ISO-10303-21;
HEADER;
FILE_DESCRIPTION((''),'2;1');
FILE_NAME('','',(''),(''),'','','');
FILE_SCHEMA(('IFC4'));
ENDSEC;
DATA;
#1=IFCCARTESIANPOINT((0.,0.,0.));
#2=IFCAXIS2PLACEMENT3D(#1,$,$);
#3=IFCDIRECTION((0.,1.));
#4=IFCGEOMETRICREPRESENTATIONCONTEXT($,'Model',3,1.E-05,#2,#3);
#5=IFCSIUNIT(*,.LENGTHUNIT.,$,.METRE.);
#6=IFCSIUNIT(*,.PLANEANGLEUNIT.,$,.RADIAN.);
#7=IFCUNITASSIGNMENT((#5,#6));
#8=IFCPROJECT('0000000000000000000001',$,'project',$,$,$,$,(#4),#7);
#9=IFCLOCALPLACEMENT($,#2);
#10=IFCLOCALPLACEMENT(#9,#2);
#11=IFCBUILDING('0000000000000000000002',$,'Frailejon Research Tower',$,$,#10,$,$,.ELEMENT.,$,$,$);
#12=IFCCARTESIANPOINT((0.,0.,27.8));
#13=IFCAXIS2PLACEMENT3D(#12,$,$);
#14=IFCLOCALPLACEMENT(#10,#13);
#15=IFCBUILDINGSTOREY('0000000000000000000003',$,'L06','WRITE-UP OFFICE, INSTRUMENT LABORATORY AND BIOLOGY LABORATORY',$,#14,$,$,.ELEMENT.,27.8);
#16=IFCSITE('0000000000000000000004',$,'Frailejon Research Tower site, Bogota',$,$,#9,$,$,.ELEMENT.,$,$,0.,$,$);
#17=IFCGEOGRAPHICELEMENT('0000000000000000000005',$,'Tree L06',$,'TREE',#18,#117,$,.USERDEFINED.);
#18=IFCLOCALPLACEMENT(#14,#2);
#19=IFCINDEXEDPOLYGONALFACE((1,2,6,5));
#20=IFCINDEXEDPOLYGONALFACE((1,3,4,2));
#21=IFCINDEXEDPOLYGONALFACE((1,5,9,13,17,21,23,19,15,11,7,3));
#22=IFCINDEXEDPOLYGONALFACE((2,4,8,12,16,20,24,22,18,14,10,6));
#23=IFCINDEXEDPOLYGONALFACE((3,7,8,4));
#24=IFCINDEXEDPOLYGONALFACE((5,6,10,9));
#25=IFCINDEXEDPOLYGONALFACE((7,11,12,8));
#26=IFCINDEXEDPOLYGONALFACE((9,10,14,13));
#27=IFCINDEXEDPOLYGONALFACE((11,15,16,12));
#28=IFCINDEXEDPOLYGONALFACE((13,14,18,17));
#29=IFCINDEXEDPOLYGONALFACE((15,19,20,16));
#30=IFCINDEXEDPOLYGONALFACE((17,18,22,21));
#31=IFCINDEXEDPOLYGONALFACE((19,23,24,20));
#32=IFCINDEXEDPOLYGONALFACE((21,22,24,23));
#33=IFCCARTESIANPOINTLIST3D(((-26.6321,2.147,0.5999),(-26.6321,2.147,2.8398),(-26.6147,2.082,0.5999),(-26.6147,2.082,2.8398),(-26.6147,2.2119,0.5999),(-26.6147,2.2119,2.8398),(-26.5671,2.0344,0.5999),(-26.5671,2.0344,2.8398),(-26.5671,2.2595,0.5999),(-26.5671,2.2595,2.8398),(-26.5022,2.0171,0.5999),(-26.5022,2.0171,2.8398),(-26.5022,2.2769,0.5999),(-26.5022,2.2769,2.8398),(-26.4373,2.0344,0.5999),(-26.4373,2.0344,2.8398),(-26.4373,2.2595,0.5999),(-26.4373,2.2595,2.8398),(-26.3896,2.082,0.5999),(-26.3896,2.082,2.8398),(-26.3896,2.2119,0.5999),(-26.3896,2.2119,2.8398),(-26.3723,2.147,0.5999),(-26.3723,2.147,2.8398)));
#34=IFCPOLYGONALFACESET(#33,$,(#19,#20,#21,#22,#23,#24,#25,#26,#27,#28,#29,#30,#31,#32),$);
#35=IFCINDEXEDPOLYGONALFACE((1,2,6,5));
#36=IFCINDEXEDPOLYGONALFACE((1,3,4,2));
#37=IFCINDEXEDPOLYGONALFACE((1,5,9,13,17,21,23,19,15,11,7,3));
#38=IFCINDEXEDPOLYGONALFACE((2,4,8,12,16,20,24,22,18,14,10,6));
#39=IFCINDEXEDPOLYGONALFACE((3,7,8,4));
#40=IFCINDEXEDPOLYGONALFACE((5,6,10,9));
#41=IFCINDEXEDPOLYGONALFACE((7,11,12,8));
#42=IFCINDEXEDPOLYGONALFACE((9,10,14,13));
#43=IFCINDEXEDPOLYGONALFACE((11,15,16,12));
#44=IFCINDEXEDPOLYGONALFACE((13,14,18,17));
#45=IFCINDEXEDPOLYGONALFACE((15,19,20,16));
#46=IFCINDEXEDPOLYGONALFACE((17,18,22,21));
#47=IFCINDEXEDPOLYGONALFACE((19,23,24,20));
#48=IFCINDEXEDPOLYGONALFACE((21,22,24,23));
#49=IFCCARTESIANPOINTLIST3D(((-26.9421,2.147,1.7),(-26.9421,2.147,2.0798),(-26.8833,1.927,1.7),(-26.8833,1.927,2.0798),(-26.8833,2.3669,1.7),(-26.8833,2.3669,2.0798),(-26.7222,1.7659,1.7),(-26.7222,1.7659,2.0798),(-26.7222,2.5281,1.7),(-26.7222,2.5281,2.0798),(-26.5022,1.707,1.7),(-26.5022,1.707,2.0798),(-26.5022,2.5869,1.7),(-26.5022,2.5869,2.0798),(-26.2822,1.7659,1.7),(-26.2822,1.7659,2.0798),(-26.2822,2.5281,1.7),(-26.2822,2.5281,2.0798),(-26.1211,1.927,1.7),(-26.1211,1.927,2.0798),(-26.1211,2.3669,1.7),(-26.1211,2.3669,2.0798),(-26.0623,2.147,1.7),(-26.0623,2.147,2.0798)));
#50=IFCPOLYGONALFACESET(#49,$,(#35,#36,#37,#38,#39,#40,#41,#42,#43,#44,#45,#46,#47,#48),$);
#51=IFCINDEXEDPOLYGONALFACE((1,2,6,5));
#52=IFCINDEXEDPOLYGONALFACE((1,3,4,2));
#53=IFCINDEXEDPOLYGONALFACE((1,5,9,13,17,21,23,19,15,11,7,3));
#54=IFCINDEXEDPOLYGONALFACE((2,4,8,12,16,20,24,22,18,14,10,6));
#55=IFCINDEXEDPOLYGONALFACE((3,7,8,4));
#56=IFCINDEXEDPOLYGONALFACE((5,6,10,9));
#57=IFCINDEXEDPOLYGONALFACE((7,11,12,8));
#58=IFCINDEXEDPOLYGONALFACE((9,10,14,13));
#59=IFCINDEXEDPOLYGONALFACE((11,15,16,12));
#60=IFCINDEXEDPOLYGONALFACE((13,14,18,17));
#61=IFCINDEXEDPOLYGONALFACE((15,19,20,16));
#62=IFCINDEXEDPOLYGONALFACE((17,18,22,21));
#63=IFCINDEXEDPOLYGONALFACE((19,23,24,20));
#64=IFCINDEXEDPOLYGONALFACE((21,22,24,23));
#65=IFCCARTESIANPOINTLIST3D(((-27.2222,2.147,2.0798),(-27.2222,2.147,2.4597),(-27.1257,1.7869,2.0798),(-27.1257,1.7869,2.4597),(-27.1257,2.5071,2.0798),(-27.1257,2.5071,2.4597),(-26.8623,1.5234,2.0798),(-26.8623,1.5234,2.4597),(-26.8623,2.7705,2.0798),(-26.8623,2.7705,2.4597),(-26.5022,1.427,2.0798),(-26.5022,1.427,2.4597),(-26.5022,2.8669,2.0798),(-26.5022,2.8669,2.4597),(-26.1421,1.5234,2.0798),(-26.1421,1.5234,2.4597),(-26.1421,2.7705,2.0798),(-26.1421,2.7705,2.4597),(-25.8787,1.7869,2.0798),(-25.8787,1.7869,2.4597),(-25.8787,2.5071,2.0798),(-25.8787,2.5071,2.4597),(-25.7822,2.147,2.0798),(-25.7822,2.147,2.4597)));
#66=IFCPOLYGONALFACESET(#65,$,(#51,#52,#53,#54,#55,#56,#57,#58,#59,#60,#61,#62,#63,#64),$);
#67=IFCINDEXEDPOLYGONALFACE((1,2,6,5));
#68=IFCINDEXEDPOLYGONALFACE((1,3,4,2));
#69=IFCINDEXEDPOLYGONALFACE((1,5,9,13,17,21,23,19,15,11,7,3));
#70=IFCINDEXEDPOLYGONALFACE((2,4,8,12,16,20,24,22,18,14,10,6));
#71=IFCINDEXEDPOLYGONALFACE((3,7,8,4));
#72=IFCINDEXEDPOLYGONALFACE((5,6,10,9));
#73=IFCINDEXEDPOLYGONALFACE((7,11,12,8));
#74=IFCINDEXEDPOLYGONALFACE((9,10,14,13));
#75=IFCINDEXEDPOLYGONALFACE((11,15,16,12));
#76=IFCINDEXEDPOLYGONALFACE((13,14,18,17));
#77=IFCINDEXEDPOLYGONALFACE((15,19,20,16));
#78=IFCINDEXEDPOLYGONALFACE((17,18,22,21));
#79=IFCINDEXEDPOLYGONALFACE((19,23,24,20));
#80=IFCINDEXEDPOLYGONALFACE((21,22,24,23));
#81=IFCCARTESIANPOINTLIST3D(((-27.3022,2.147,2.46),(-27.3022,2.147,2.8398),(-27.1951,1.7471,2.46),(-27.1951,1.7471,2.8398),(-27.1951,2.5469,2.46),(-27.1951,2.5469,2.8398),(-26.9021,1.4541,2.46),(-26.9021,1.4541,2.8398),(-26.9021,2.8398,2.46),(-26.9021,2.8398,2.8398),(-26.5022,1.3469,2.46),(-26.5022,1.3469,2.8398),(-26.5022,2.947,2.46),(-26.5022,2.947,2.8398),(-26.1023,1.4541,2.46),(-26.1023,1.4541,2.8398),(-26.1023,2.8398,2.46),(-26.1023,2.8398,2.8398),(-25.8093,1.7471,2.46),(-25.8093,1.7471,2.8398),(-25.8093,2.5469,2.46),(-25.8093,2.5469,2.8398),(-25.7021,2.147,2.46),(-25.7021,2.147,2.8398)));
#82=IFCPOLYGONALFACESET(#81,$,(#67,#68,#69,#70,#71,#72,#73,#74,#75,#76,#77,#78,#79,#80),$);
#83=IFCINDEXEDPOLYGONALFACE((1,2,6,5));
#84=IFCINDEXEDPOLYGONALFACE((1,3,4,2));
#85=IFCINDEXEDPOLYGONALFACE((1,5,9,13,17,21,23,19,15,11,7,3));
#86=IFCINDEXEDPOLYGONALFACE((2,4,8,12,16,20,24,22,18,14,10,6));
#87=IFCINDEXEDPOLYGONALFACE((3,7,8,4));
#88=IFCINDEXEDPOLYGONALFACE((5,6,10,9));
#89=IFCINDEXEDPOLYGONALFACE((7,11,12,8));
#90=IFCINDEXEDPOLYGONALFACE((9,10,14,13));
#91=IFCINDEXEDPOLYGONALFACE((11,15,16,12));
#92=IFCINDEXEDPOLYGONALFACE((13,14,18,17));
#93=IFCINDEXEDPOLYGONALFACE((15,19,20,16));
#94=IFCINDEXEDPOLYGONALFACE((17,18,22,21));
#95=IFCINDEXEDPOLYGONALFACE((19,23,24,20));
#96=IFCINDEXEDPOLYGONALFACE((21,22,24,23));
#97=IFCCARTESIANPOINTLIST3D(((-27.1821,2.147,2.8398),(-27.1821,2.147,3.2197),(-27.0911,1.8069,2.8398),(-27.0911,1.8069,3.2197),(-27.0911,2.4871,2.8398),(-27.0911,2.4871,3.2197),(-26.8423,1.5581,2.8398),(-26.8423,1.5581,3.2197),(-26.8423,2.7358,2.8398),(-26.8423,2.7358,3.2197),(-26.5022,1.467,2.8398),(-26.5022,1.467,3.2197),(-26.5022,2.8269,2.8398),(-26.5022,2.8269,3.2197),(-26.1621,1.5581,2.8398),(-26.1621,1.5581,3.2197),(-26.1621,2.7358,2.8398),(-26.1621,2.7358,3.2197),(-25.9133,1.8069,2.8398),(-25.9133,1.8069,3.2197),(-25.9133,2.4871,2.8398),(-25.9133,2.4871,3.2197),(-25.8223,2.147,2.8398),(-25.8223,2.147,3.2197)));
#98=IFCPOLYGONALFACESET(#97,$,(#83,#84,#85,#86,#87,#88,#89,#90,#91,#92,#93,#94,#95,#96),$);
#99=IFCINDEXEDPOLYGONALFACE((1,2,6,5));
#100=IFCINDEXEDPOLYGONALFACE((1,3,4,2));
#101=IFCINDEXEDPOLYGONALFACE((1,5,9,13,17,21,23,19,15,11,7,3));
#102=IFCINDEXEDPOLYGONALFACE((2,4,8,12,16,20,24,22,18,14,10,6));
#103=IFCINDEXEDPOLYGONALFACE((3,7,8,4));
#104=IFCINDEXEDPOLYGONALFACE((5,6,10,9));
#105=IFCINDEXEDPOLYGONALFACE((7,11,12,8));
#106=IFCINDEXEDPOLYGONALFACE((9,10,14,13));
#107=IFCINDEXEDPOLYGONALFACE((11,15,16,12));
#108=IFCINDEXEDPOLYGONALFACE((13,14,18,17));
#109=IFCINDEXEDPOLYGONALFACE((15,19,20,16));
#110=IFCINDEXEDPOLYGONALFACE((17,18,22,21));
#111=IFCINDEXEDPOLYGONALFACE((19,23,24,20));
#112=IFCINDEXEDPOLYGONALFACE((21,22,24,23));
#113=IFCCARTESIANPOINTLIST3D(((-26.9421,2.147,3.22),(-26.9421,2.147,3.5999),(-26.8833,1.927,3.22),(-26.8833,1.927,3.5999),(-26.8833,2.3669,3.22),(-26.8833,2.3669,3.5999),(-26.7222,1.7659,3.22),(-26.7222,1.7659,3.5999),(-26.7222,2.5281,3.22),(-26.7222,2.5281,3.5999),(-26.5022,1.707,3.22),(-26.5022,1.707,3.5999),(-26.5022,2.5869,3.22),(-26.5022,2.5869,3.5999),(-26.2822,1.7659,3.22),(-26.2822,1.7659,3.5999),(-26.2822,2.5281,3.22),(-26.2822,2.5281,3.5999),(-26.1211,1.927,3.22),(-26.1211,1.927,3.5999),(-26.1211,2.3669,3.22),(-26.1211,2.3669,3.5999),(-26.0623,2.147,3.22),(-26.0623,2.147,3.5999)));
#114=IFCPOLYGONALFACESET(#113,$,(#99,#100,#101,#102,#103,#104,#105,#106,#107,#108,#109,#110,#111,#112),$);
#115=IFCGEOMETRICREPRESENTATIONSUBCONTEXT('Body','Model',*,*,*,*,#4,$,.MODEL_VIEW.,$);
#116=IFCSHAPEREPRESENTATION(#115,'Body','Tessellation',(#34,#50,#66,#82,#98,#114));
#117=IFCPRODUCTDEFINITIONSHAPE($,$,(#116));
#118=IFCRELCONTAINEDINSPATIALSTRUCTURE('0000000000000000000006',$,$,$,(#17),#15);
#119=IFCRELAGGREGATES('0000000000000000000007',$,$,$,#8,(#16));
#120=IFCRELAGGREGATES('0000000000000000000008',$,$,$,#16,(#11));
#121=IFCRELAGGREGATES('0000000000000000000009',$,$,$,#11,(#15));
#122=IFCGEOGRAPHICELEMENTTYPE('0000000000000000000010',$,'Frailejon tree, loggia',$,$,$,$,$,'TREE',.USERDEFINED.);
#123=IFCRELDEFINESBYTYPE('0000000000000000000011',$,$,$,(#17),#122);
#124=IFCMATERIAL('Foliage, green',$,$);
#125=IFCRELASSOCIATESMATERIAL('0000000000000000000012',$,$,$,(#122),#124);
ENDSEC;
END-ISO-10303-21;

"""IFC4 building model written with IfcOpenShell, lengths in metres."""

from ifc_helpers import new_model, si_unit, direction, frame, origin, place, context, subcontext, project, spatial, polyline, outline, extrude, material, type_object, element, save


model = new_model("IFC4")

# Units and contexts
model_context = context("Model", 3, precision=1e-05, world=origin(), true_north=direction((0.0, 1.0)))
body_context = subcontext(model_context, "Body", "Model", "MODEL_VIEW")
ifc_project = project(units=[si_unit("LENGTHUNIT", "METRE"), si_unit("PLANEANGLEUNIT", "RADIAN")], contexts=[model_context])

# Site, building, storey
site_placement = place(None, origin())
site = spatial("IfcSite", under=ifc_project, at=site_placement, Name="Frailejon Research Tower site, Bogota", CompositionType="ELEMENT", RefElevation=0.0)
building_placement = place(site_placement, origin())
building = spatial("IfcBuilding", under=site, at=building_placement, Name="Frailejon Research Tower", CompositionType="ELEMENT")
storey_placement = place(building_placement, frame((0.0, 0.0, 27.8)))
storey = spatial("IfcBuildingStorey", under=building, at=storey_placement, Name="L06", Description="WRITE-UP OFFICE, INSTRUMENT LABORATORY AND BIOLOGY LABORATORY", CompositionType="ELEMENT", Elevation=27.8)

# Geographic element
ifc_material_1 = material(Name="Foliage, green")
geographic_element_type = type_object("IfcGeographicElementType", Name="Frailejon tree, loggia", ElementType="TREE", PredefinedType="USERDEFINED", material=ifc_material_1)
geographic_element_placement = place(storey_placement, frame((-26.5022, 2.147, 0.5999)))
element("IfcGeographicElement", 1, at=geographic_element_placement, inside=storey, type_object=geographic_element_type, Name="Tree L06", ObjectType="TREE", PredefinedType="USERDEFINED", context=body_context, shape_type="SweptSolid", body=[
    extrude(outline(polyline([(0.1299, 0.0), (0.1125, 0.0649), (0.0649, 0.1125), (0.0, 0.1299), (-0.0649, 0.1125), (-0.1125, 0.0649), (-0.1299, 0.0), (-0.1125, -0.0649), (-0.0649, -0.1125), (0.0, -0.1299), (0.0649, -0.1125), (0.1125, -0.0649), (0.1299, 0.0)])), origin(), (0.0, 0.0, 1.0), 2.24),
    extrude(outline(polyline([(0.4399, 0.0), (0.3811, 0.22), (0.22, 0.3811), (0.0, 0.4399), (-0.22, 0.3811), (-0.3811, 0.22), (-0.4399, 0.0), (-0.3811, -0.22), (-0.22, -0.3811), (0.0, -0.4399), (0.22, -0.3811), (0.3811, -0.22), (0.4399, 0.0)])), frame((0.0, 0.0, 1.1001)), (0.0, 0.0, 1.0), 0.3799),
    extrude(outline(polyline([(0.72, 0.0), (0.6235, 0.3601), (0.3601, 0.6235), (0.0, 0.72), (-0.3601, 0.6235), (-0.6235, 0.3601), (-0.72, 0.0), (-0.6235, -0.3601), (-0.3601, -0.6235), (0.0, -0.72), (0.3601, -0.6235), (0.6235, -0.3601), (0.72, 0.0)])), frame((0.0, 0.0, 1.48)), (0.0, 0.0, 1.0), 0.3799),
    extrude(outline(polyline([(0.8, 0.0), (0.6929, 0.3999), (0.3999, 0.6929), (0.0, 0.8), (-0.3999, 0.6929), (-0.6929, 0.3999), (-0.8, 0.0), (-0.6929, -0.3999), (-0.3999, -0.6929), (0.0, -0.8), (0.3999, -0.6929), (0.6929, -0.3999), (0.8, 0.0)])), frame((0.0, 0.0, 1.8601)), (0.0, 0.0, 1.0), 0.3799),
    extrude(outline(polyline([(0.6799, 0.0), (0.5889, 0.3401), (0.3401, 0.5889), (0.0, 0.6799), (-0.3401, 0.5889), (-0.5889, 0.3401), (-0.6799, 0.0), (-0.5889, -0.3401), (-0.3401, -0.5889), (0.0, -0.6799), (0.3401, -0.5889), (0.5889, -0.3401), (0.6799, 0.0)])), frame((0.0, 0.0, 2.24)), (0.0, 0.0, 1.0), 0.3799),
    extrude(outline(polyline([(0.4399, 0.0), (0.3811, 0.22), (0.22, 0.3811), (0.0, 0.4399), (-0.22, 0.3811), (-0.3811, 0.22), (-0.4399, 0.0), (-0.3811, -0.22), (-0.22, -0.3811), (0.0, -0.4399), (0.22, -0.3811), (0.3811, -0.22), (0.4399, 0.0)])), frame((0.0, 0.0, 2.6201)), (0.0, 0.0, 1.0), 0.3799),
])

save(model, "model.ifc")
